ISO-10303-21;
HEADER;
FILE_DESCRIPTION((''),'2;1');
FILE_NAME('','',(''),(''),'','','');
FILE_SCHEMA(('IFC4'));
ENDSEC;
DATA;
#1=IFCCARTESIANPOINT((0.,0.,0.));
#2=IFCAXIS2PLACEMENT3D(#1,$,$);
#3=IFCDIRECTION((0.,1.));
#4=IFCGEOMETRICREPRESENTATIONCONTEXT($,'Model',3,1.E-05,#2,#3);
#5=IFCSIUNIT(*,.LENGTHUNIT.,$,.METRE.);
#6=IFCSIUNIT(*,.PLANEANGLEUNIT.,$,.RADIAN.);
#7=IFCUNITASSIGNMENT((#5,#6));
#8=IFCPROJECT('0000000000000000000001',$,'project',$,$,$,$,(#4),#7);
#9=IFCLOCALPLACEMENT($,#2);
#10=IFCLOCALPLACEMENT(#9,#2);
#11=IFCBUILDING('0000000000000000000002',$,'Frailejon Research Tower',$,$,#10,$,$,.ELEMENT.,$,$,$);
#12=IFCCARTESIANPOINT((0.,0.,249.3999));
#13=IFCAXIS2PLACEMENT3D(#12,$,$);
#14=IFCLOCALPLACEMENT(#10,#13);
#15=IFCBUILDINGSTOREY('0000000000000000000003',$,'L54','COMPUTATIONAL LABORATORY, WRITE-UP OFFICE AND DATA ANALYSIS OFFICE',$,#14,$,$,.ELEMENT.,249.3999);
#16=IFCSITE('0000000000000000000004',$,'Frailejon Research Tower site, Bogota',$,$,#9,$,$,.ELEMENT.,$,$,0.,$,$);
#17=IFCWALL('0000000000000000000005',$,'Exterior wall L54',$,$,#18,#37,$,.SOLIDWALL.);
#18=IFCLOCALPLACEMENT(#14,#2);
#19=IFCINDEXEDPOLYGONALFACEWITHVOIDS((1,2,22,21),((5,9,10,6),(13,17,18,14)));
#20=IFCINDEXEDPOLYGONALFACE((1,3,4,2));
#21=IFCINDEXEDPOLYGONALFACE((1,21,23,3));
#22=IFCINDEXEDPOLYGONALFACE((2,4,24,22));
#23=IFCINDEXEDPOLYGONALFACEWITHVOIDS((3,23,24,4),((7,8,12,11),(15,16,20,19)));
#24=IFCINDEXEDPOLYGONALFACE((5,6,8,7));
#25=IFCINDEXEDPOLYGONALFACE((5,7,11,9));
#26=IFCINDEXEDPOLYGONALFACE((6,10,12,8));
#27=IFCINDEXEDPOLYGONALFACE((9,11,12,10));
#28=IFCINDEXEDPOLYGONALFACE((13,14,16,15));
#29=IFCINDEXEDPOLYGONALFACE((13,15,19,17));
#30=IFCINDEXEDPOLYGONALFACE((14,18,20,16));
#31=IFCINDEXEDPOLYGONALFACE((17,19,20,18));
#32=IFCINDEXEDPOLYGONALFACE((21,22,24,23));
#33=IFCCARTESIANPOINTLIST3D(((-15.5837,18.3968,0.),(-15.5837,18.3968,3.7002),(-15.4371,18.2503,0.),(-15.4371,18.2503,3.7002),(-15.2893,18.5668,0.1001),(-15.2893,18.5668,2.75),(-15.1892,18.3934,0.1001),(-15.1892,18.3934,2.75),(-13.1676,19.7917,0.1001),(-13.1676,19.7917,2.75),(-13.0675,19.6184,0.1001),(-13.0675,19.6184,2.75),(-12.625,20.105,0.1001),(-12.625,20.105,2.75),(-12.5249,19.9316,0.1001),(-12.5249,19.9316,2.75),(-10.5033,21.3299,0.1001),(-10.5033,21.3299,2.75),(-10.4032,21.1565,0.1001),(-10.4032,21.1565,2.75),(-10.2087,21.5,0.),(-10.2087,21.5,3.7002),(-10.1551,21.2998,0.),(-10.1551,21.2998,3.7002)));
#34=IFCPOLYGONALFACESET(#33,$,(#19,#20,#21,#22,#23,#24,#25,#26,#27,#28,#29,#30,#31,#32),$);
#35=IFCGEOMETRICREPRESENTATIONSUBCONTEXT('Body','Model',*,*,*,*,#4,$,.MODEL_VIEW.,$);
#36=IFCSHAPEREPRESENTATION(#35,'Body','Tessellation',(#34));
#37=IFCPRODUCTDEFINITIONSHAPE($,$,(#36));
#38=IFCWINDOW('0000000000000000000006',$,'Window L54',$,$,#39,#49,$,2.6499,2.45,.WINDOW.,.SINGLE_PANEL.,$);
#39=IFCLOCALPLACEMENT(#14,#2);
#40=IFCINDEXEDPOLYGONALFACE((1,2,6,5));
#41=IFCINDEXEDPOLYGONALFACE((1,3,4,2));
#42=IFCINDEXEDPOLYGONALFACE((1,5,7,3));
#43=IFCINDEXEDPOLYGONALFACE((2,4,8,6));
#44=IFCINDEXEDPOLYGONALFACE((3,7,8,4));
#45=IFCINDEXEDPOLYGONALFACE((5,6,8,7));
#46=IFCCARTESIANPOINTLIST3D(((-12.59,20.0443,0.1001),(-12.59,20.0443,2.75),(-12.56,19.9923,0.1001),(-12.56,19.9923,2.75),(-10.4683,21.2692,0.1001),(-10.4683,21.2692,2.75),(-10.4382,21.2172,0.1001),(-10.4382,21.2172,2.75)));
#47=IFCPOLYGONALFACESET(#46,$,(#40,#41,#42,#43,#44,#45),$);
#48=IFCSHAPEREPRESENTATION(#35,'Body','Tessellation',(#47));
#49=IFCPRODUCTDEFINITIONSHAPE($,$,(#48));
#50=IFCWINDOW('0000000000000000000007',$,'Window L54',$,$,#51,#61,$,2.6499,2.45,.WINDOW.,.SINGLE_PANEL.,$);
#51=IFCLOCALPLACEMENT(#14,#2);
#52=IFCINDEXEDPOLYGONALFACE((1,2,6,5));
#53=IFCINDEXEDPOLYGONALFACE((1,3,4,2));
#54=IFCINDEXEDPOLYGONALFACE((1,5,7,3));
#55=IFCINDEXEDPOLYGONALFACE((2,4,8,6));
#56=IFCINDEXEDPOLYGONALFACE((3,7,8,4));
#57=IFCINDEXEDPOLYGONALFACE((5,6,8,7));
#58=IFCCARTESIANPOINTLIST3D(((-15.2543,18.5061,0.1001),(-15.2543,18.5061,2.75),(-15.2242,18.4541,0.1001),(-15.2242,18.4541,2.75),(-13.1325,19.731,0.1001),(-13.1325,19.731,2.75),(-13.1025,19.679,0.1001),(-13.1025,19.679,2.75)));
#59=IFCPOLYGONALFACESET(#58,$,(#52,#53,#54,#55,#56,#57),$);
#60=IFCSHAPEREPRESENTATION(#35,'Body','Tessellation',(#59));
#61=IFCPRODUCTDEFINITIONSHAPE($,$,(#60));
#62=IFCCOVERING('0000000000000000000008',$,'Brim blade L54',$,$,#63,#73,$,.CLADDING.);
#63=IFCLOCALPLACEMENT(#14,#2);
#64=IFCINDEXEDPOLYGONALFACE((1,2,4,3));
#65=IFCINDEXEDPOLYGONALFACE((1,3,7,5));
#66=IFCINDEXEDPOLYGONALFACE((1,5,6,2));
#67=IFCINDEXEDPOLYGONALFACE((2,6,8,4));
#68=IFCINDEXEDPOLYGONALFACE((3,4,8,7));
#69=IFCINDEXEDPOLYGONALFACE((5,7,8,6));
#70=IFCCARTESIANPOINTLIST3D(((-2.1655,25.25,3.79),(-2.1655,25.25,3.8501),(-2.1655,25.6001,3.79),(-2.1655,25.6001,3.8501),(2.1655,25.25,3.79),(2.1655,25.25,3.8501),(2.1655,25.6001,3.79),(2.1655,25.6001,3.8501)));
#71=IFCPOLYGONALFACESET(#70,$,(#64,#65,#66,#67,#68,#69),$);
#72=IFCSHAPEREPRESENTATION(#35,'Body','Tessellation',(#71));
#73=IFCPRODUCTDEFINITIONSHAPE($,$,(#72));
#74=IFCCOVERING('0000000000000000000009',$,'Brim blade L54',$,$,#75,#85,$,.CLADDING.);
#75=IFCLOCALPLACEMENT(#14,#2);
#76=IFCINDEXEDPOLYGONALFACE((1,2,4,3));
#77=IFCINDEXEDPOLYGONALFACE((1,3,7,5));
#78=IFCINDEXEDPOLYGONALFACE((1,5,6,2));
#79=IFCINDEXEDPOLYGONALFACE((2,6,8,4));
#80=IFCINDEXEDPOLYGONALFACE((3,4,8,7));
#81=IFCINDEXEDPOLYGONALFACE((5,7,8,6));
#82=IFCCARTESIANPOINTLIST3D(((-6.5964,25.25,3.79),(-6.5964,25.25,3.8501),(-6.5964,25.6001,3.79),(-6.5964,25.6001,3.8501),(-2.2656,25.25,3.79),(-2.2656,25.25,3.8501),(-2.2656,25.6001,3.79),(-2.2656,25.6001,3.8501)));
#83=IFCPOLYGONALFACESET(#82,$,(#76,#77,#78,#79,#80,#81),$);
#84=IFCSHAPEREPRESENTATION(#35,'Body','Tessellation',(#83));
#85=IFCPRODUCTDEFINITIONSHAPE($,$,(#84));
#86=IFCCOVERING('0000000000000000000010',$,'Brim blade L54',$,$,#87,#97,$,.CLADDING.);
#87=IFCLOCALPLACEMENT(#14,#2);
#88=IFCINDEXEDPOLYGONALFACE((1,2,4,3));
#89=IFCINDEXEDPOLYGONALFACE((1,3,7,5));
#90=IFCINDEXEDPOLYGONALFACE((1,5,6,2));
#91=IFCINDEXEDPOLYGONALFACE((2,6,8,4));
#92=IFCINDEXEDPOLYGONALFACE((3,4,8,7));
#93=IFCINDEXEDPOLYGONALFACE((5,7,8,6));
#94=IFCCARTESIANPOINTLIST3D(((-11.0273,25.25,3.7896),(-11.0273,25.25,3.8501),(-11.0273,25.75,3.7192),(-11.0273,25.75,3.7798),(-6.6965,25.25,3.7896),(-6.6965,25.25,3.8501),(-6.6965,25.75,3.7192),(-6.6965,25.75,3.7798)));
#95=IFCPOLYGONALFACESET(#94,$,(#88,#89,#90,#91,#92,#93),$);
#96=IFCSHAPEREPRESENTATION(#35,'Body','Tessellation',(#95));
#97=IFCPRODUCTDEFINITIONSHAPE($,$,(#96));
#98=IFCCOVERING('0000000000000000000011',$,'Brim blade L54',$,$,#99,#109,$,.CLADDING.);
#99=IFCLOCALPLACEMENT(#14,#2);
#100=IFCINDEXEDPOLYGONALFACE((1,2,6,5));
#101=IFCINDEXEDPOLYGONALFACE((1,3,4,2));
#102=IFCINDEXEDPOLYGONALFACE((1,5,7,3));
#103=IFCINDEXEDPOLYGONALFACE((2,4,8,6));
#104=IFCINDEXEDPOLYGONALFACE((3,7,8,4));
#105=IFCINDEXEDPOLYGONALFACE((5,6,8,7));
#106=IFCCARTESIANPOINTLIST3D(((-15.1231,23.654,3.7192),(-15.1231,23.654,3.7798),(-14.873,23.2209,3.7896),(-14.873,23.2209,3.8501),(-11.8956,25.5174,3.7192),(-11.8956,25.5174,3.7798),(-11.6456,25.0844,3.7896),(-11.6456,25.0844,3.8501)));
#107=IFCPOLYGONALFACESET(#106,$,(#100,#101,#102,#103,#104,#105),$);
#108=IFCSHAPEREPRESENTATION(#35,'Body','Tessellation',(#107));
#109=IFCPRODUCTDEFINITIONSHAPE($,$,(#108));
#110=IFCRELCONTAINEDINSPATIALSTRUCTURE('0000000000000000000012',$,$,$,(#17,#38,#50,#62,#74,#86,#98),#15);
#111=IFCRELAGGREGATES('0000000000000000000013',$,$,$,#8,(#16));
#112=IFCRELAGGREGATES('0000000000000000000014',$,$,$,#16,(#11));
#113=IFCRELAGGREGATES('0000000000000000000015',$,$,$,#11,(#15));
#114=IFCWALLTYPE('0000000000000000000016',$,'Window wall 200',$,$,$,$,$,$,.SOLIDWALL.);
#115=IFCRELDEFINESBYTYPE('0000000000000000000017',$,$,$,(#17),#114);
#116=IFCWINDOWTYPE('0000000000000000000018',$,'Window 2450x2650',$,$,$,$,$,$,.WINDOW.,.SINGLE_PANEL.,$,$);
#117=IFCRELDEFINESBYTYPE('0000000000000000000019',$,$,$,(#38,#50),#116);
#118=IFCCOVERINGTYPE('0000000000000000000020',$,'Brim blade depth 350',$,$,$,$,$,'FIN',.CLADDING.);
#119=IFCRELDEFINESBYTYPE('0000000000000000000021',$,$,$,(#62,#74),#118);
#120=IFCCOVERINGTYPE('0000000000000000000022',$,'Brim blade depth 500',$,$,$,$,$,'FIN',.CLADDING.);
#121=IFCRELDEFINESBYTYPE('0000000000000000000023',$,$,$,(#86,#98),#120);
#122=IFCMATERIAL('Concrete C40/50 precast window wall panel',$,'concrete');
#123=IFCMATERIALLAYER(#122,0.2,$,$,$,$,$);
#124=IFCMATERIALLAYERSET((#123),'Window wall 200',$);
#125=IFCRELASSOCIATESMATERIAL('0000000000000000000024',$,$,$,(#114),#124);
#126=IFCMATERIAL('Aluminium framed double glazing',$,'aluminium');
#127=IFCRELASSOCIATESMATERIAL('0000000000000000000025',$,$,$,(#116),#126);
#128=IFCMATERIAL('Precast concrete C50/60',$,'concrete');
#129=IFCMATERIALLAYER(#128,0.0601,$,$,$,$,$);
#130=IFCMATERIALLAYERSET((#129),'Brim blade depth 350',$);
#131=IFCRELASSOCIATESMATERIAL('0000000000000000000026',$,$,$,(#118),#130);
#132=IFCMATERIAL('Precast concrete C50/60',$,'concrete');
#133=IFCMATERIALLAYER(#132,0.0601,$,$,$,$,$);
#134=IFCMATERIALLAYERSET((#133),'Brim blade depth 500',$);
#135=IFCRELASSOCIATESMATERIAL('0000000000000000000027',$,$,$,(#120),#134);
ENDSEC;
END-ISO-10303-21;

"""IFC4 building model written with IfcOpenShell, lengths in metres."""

from ifc_helpers import new_model, si_unit, direction, frame, frame_2d, origin, place, context, subcontext, project, spatial, polyline, rectangle, outline, extrude, material, layer, layer_set, type_object, element, fill, save


model = new_model("IFC4")

# Units and contexts
model_context = context("Model", 3, precision=1e-05, world=origin(), true_north=direction((0.0, 1.0)))
body_context = subcontext(model_context, "Body", "Model", "MODEL_VIEW")
ifc_project = project(units=[si_unit("LENGTHUNIT", "METRE"), si_unit("PLANEANGLEUNIT", "RADIAN")], contexts=[model_context])

# Site, building, storey
site_placement = place(None, origin())
site = spatial("IfcSite", under=ifc_project, at=site_placement, Name="Frailejon Research Tower site, Bogota", CompositionType="ELEMENT", RefElevation=0.0)
building_placement = place(site_placement, origin())
building = spatial("IfcBuilding", under=site, at=building_placement, Name="Frailejon Research Tower", CompositionType="ELEMENT")
storey_placement = place(building_placement, frame((0.0, 0.0, 249.3999)))
storey = spatial("IfcBuildingStorey", under=building, at=storey_placement, Name="L54", Description="COMPUTATIONAL LABORATORY, WRITE-UP OFFICE AND DATA ANALYSIS OFFICE", CompositionType="ELEMENT", Elevation=249.3999)

# Wall, openings, windows
ifc_material_1 = material(Name="Concrete C40/50 precast window wall panel", Category="concrete")
ifc_layer_1 = layer(ifc_material_1, 0.2)
ifc_layer_set_1 = layer_set([ifc_layer_1], Name="Window wall 200")
wall_type = type_object("IfcWallType", Name="Window wall 200", PredefinedType="SOLIDWALL", material=ifc_layer_set_1)
wall_placement = place(storey_placement, frame((-10.1819, 21.3999, 0.0), z_axis=(0.0, 0.0, 1.0), x_axis=(-0.86603, -0.499993, 0.0)))
wall = element("IfcWall", 1, at=wall_placement, inside=storey, type_object=wall_type, Name="Exterior wall L54", PredefinedType="SOLIDWALL", context=body_context, shape_type="SweptSolid", body=[
    extrude(outline(polyline([(-0.0269, -0.1001), (1.0076, -0.1001), (2.042, -0.1001), (3.0764, -0.1001), (4.1108, -0.1001), (5.1453, -0.1001), (6.1797, -0.1001), (6.126, 0.1001), (5.1094, 0.1001), (4.093, 0.1001), (3.0764, 0.1001), (2.0598, 0.1001), (1.0435, 0.1001), (0.0269, 0.1001), (-0.0269, -0.1001)])), origin(), (0.0, 0.0, 1.0), 3.7002),
])
opening_1_placement = place(wall_placement, frame((0.3132, 0.0, 0.1001)))
opening_1 = element("IfcOpeningElement", 2, at=opening_1_placement, cuts=wall, PredefinedType="OPENING", context=body_context, shape_type="SweptSolid", body=[
    extrude(rectangle(XDim=2.45, YDim=2.6499, at=frame_2d((1.2251, 1.325))), frame((0.0, 0.1099, 0.0), z_axis=(0.0, -1.0, 0.0), x_axis=(1.0, 0.0, 0.0)), (0.0, 0.0, 1.0), 0.22),
])
opening_2_placement = place(wall_placement, frame((3.3896, 0.0, 0.1001)))
opening_2 = element("IfcOpeningElement", 3, at=opening_2_placement, cuts=wall, PredefinedType="OPENING", context=body_context, shape_type="SweptSolid", body=[
    extrude(rectangle(XDim=2.45, YDim=2.6499, at=frame_2d((1.2251, 1.325))), frame((0.0, 0.1099, 0.0), z_axis=(0.0, -1.0, 0.0), x_axis=(1.0, 0.0, 0.0)), (0.0, 0.0, 1.0), 0.22),
])
ifc_material_2 = material(Name="Aluminium framed double glazing", Category="aluminium")
window_type = type_object("IfcWindowType", Name="Window 2450x2650", PartitioningType="SINGLE_PANEL", PredefinedType="WINDOW", material=ifc_material_2)
window_1_placement = place(opening_1_placement, origin())
window_1 = element("IfcWindow", 4, at=window_1_placement, inside=storey, type_object=window_type, Name="Window L54", OverallHeight=2.6499, OverallWidth=2.45, PartitioningType="SINGLE_PANEL", PredefinedType="WINDOW", context=body_context, shape_type="SweptSolid", body=[
    extrude(rectangle(XDim=2.45, YDim=2.6499, at=frame_2d((1.2251, 1.325))), frame((0.0, 0.03, 0.0), z_axis=(0.0, -1.0, 0.0), x_axis=(1.0, 0.0, 0.0)), (0.0, 0.0, 1.0), 0.0601),
])
fill(opening_1, window_1)
window_2_placement = place(opening_2_placement, origin())
window_2 = element("IfcWindow", 5, at=window_2_placement, inside=storey, type_object=window_type, Name="Window L54", OverallHeight=2.6499, OverallWidth=2.45, PartitioningType="SINGLE_PANEL", PredefinedType="WINDOW", context=body_context, shape_type="SweptSolid", body=[
    extrude(rectangle(XDim=2.45, YDim=2.6499, at=frame_2d((1.2251, 1.325))), frame((0.0, 0.03, 0.0), z_axis=(0.0, -1.0, 0.0), x_axis=(1.0, 0.0, 0.0)), (0.0, 0.0, 1.0), 0.0601),
])
fill(opening_2, window_2)

# Coverings
ifc_material_3 = material(Name="Precast concrete C50/60", Category="concrete")
ifc_layer_2 = layer(ifc_material_3, 0.0601)
ifc_layer_set_2 = layer_set([ifc_layer_2], Name="Brim blade depth 350")
covering_type_1 = type_object("IfcCoveringType", Name="Brim blade depth 350", ElementType="FIN", PredefinedType="CLADDING", material=ifc_layer_set_2)
covering_1_placement = place(storey_placement, frame((-2.1655, 25.25, 3.8501), z_axis=(1.0, 0.0, 0.0), x_axis=(0.0, 1.0, 0.0)))
element("IfcCovering", 6, at=covering_1_placement, inside=storey, type_object=covering_type_1, Name="Brim blade L54", PredefinedType="CLADDING", context=body_context, shape_type="SweptSolid", body=[
    extrude(outline(polyline([(0.0, -0.0601), (0.3501, -0.0601), (0.3501, 0.0), (0.0, 0.0), (0.0, -0.0601)])), origin(), (0.0, 0.0, 1.0), 4.3311),
])
covering_2_placement = place(storey_placement, frame((-6.5964, 25.25, 3.8501), z_axis=(1.0, 0.0, 0.0), x_axis=(0.0, 1.0, 0.0)))
element("IfcCovering", 7, at=covering_2_placement, inside=storey, type_object=covering_type_1, Name="Brim blade L54", PredefinedType="CLADDING", context=body_context, shape_type="SweptSolid", body=[
    extrude(outline(polyline([(0.0, -0.0601), (0.3501, -0.0601), (0.3501, 0.0), (0.0, 0.0), (0.0, -0.0601)])), origin(), (0.0, 0.0, 1.0), 4.3308),
])
ifc_material_4 = material(Name="Precast concrete C50/60", Category="concrete")
ifc_layer_3 = layer(ifc_material_4, 0.0601)
ifc_layer_set_3 = layer_set([ifc_layer_3], Name="Brim blade depth 500")
covering_type_2 = type_object("IfcCoveringType", Name="Brim blade depth 500", ElementType="FIN", PredefinedType="CLADDING", material=ifc_layer_set_3)
covering_3_placement = place(storey_placement, frame((-11.0273, 25.25, 3.8501), z_axis=(1.0, 0.0, 0.0), x_axis=(0.0, 1.0, 0.0)))
element("IfcCovering", 8, at=covering_3_placement, inside=storey, type_object=covering_type_2, Name="Brim blade L54", PredefinedType="CLADDING", context=body_context, shape_type="SweptSolid", body=[
    extrude(outline(polyline([(0.0, -0.0605), (0.5, -0.1309), (0.5, -0.0703), (0.0, 0.0), (0.0, -0.0605)])), origin(), (0.0, 0.0, 1.0), 4.3308),
])
covering_4_placement = place(storey_placement, frame((-14.873, 23.2209, 3.8501), z_axis=(0.866018, 0.500012, 0.0), x_axis=(-0.500012, 0.866018, 0.0)))
element("IfcCovering", 9, at=covering_4_placement, inside=storey, type_object=covering_type_2, Name="Brim blade L54", PredefinedType="CLADDING", context=body_context, shape_type="SweptSolid", body=[
    extrude(outline(polyline([(0.0, -0.0605), (0.5, -0.1309), (0.5, -0.0703), (0.0, 0.0), (0.0, -0.0605)])), origin(), (0.0, 0.0, 1.0), 3.7268),
])

save(model, "model.ifc")
